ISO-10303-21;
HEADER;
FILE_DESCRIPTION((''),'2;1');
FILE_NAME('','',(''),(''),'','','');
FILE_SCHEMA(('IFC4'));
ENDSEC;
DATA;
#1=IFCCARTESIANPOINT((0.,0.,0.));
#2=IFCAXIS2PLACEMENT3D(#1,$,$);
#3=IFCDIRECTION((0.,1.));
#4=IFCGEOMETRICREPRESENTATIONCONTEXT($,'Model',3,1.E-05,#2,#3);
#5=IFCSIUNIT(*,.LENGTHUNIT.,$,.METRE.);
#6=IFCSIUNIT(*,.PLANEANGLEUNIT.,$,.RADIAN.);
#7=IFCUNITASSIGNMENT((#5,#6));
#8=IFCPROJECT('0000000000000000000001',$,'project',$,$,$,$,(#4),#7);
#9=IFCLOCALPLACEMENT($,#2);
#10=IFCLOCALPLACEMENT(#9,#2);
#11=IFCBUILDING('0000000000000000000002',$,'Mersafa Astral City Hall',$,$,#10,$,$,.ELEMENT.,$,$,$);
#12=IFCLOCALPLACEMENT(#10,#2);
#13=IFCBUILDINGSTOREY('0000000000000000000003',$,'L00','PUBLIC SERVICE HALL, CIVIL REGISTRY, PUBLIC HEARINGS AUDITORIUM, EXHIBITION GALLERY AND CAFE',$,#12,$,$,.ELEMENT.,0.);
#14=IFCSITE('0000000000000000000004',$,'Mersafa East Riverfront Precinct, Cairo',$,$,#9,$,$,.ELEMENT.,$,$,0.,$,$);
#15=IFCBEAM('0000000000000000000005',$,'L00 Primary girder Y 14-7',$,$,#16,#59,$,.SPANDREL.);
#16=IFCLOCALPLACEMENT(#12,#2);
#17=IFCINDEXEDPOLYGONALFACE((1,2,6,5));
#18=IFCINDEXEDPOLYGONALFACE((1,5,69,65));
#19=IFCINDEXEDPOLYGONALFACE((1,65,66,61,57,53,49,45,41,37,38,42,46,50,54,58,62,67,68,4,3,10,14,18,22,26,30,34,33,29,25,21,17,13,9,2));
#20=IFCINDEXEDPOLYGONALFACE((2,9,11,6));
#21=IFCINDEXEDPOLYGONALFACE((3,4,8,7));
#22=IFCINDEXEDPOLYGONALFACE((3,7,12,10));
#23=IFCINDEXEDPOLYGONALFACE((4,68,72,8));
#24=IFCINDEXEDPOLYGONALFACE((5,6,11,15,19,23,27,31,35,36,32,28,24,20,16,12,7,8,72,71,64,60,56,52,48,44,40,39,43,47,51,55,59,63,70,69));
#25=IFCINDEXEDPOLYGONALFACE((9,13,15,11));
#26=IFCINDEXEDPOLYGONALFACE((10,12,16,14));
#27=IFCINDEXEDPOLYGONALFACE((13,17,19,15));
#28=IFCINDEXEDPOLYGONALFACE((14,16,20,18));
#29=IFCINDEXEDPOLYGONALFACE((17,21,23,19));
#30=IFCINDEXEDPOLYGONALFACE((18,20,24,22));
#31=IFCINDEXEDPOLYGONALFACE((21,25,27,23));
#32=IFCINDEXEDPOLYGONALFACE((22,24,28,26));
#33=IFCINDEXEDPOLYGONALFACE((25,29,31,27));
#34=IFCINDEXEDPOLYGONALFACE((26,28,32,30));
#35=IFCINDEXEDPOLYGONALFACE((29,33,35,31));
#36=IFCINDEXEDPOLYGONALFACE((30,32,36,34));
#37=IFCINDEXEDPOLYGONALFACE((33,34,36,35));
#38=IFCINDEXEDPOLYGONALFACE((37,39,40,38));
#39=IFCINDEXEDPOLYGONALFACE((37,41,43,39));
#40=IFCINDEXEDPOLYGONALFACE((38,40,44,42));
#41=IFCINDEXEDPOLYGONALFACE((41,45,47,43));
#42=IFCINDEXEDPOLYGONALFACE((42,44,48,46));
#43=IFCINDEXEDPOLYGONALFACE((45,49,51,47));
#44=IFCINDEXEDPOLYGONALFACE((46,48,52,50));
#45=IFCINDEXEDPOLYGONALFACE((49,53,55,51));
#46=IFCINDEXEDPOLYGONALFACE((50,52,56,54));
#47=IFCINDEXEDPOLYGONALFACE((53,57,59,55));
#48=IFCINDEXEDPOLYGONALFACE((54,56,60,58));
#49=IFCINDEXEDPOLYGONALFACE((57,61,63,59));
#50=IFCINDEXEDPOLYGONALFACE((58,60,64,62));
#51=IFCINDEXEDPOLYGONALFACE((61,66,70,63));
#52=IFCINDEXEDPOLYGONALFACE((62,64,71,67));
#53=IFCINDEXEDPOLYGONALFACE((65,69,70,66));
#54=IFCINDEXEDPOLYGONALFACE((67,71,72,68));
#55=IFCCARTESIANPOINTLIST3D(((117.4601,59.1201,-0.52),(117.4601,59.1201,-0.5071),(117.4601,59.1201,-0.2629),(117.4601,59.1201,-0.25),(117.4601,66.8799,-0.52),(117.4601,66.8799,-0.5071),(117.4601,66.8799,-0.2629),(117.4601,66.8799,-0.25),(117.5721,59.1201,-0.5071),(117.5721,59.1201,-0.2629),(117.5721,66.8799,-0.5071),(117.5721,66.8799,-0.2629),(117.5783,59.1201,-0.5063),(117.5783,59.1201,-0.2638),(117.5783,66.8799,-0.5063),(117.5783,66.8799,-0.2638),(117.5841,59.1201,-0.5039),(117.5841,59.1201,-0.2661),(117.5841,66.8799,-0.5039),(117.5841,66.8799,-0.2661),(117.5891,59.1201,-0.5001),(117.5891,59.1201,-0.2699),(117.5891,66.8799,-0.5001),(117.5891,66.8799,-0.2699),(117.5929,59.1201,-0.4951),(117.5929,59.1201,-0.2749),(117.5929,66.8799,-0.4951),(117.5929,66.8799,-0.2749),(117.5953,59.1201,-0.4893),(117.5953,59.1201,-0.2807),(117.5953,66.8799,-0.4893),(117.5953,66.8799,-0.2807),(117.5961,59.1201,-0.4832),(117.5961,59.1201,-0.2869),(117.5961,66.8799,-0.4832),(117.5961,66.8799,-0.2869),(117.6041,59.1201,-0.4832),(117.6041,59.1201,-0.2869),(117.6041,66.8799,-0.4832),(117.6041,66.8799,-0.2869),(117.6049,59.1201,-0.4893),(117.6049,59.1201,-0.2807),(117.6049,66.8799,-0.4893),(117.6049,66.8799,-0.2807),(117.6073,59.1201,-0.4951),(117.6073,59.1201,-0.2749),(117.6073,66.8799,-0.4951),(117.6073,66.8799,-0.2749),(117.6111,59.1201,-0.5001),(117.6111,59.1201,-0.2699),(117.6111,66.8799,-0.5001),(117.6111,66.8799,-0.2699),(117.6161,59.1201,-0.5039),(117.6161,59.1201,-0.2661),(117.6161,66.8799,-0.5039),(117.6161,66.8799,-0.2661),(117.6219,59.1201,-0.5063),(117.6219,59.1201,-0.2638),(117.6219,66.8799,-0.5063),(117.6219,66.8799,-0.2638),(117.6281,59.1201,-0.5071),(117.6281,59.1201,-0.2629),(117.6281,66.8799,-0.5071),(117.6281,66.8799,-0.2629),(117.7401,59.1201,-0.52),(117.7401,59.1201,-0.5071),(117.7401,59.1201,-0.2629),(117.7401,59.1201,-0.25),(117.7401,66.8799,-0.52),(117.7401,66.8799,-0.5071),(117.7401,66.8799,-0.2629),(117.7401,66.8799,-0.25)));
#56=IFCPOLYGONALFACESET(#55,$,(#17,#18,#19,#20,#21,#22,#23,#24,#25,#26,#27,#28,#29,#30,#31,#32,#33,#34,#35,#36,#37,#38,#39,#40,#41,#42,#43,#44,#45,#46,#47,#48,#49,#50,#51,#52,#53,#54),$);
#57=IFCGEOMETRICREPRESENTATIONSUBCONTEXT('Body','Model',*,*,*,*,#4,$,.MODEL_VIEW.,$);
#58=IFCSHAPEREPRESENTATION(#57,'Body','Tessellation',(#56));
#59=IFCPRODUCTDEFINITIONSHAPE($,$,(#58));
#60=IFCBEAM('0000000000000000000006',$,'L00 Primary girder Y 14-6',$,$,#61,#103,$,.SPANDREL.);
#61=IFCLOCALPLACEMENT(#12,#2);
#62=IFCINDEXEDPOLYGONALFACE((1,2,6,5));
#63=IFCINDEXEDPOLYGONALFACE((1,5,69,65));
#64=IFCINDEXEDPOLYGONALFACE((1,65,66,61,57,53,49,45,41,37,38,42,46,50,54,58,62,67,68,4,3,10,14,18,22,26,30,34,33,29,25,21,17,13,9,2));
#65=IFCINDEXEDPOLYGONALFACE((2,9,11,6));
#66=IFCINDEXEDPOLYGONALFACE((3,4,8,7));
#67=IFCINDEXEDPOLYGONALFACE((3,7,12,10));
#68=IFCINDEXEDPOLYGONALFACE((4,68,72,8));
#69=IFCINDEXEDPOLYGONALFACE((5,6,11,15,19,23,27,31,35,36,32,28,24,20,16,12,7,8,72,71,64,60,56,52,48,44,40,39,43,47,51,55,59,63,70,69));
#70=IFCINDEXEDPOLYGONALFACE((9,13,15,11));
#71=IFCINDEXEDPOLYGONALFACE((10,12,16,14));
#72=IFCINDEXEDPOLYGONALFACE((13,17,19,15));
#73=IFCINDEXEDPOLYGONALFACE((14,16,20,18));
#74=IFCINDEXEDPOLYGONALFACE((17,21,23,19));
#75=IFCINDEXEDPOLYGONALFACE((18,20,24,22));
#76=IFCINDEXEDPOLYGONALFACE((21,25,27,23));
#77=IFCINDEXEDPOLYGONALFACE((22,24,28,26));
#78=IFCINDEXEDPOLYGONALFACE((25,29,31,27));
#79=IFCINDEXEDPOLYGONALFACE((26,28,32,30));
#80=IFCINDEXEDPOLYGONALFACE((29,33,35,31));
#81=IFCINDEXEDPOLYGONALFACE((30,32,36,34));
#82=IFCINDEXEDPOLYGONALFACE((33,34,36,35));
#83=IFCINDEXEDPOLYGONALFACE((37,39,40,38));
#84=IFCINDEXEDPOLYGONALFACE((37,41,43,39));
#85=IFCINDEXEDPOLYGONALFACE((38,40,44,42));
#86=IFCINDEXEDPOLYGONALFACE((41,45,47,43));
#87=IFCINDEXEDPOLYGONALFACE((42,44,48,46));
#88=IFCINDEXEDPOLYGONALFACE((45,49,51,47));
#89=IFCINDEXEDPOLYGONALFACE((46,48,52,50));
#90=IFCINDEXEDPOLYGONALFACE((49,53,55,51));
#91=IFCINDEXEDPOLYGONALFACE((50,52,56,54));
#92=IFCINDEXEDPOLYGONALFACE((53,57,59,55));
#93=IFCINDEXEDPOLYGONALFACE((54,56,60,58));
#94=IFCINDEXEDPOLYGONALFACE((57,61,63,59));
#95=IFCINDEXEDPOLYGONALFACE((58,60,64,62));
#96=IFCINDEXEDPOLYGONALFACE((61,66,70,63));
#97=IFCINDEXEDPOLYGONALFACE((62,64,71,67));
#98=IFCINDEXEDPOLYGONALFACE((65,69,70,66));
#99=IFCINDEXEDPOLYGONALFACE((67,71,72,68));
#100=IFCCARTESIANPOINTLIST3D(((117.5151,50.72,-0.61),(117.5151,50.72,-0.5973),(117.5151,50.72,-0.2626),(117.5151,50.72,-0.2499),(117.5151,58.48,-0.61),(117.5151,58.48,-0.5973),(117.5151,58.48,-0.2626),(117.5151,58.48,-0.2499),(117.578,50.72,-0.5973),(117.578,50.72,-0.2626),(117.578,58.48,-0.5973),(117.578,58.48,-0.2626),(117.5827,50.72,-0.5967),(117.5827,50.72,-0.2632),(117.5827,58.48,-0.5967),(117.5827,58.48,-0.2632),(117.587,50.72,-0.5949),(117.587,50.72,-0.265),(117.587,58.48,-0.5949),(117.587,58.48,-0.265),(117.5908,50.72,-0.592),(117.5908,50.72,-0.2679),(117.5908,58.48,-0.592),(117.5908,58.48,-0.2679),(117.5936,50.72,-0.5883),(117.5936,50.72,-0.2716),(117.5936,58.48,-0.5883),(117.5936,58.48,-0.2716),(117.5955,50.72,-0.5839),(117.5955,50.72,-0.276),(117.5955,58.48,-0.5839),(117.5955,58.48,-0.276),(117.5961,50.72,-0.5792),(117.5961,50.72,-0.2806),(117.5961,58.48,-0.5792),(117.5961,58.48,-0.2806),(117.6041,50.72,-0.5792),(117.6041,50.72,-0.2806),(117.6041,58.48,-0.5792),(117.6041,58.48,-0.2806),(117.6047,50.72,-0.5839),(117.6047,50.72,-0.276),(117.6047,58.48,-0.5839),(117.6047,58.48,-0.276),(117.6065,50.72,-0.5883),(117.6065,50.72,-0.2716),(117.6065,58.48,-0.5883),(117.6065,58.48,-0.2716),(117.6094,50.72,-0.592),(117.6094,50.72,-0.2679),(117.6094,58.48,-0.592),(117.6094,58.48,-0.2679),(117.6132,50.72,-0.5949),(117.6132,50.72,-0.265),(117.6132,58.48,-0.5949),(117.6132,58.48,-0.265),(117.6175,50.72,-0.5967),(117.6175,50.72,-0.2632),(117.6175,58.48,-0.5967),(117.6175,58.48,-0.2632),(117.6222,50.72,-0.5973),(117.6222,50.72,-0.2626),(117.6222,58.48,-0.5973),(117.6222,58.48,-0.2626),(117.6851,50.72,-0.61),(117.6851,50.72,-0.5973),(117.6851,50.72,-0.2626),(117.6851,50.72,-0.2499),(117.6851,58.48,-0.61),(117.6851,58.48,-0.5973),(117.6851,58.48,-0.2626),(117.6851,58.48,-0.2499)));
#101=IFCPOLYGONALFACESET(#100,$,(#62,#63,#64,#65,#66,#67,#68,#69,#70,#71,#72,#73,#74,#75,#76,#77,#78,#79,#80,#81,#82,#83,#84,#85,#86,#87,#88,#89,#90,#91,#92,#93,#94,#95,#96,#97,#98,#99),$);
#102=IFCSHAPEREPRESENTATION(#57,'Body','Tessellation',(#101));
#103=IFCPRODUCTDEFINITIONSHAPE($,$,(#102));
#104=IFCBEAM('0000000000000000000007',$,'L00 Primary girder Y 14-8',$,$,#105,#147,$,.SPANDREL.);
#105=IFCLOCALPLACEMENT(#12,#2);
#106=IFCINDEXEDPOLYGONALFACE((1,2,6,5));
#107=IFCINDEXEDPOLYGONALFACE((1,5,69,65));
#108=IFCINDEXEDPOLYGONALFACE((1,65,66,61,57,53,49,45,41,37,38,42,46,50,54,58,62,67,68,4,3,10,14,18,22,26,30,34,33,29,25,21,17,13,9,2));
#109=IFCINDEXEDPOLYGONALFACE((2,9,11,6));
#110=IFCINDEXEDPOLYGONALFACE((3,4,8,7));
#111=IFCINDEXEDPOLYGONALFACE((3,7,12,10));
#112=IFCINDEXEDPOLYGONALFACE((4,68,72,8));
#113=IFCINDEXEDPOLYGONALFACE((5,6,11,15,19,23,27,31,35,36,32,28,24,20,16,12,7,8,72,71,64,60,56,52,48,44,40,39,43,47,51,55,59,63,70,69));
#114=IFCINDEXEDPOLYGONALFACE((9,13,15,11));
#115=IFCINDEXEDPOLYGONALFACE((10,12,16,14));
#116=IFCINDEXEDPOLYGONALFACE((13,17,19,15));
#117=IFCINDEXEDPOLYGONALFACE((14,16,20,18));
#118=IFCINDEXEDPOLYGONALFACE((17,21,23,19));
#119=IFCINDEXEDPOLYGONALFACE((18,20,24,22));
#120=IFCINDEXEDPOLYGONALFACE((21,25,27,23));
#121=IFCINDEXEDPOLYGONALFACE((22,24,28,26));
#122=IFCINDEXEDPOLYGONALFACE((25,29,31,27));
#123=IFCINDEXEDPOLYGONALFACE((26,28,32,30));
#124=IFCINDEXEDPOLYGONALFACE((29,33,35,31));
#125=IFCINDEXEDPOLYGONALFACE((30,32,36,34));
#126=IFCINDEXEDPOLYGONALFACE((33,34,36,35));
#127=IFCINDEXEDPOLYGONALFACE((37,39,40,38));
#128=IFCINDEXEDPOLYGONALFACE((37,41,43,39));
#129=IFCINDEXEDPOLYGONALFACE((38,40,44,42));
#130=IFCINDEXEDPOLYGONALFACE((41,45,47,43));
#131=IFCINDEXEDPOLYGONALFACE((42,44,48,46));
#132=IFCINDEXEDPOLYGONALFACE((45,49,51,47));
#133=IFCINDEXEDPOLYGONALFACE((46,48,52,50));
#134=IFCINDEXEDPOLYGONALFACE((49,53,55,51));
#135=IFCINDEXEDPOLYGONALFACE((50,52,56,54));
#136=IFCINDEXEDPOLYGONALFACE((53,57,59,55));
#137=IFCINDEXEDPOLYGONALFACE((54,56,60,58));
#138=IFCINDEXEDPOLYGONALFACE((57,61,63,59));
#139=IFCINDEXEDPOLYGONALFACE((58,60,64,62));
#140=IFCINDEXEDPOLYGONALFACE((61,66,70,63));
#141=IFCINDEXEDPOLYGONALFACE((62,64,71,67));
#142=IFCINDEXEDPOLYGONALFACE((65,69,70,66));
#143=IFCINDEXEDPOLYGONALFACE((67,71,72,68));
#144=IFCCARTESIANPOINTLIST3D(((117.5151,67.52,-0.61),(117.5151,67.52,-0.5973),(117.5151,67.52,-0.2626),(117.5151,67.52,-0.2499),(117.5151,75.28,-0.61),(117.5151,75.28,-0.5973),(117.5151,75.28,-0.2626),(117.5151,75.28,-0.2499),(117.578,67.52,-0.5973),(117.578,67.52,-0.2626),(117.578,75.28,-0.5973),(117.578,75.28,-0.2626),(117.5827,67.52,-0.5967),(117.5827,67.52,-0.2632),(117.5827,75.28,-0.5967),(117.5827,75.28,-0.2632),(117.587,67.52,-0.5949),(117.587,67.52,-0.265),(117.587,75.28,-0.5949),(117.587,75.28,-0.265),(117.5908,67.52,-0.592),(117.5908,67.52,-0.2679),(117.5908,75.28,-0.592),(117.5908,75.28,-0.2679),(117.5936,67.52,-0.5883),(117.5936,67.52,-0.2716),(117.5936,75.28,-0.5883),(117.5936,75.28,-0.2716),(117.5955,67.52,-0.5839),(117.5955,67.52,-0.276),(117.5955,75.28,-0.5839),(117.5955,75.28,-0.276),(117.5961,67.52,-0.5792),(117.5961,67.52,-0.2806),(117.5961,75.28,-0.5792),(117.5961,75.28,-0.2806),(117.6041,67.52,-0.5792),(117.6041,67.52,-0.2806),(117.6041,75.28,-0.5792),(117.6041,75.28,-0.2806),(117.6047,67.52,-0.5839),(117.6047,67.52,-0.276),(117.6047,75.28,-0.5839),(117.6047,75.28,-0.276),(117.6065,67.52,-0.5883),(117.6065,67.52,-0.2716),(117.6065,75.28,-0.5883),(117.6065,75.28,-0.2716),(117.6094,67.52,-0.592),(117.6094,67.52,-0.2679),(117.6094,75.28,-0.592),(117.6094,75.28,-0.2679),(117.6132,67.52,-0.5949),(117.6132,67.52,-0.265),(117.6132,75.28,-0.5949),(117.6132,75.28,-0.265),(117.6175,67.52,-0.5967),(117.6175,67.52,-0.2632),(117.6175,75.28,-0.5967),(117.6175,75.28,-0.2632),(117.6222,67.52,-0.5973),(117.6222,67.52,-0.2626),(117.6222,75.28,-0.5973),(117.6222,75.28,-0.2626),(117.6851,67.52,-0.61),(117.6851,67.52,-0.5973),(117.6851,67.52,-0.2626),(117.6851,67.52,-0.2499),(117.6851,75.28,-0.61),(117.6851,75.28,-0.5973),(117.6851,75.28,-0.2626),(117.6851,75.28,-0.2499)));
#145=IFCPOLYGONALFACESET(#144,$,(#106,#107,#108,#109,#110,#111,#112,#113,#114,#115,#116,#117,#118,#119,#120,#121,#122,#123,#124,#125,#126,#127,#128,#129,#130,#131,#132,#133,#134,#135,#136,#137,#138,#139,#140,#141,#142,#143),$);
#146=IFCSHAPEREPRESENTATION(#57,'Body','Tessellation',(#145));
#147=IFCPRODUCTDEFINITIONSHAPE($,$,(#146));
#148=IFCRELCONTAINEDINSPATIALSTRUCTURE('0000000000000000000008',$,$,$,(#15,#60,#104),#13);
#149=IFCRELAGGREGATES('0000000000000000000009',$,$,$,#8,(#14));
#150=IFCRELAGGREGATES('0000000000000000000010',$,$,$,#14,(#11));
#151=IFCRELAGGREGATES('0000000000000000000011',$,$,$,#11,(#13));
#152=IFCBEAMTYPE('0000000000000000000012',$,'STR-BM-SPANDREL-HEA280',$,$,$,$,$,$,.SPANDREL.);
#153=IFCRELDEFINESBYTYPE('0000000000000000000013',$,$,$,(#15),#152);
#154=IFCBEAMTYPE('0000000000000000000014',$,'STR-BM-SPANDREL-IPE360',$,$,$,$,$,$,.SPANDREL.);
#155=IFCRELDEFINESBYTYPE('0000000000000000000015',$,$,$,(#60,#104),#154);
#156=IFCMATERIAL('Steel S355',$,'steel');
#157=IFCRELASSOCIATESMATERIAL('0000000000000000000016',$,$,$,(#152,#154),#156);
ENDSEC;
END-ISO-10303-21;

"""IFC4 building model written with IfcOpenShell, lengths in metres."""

from ifc_helpers import new_model, si_unit, direction, frame, origin, origin_2d, place, context, subcontext, project, spatial, i_section, extrude, material, material_profile, profile_set, type_object, element, save


model = new_model("IFC4")

# Units and contexts
model_context = context("Model", 3, precision=1e-05, world=origin(), true_north=direction((0.0, 1.0)))
body_context = subcontext(model_context, "Body", "Model", "MODEL_VIEW")
ifc_project = project(units=[si_unit("LENGTHUNIT", "METRE"), si_unit("PLANEANGLEUNIT", "RADIAN")], contexts=[model_context])

# Site, building, storey
site_placement = place(None, origin())
site = spatial("IfcSite", under=ifc_project, at=site_placement, Name="Mersafa East Riverfront Precinct, Cairo", CompositionType="ELEMENT", RefElevation=0.0)
building_placement = place(site_placement, origin())
building = spatial("IfcBuilding", under=site, at=building_placement, Name="Mersafa Astral City Hall", CompositionType="ELEMENT")
storey_placement = place(building_placement, origin())
storey = spatial("IfcBuildingStorey", under=building, at=storey_placement, Name="L00", Description="PUBLIC SERVICE HALL, CIVIL REGISTRY, PUBLIC HEARINGS AUDITORIUM, EXHIBITION GALLERY AND CAFE", CompositionType="ELEMENT", Elevation=0.0)

# Shared definitions
ifc_material_1 = material(Name="Steel S355", Category="steel")

# Beams
ifc_material_profile_1 = material_profile(ifc_material_1, i_section(OverallWidth=0.28, OverallDepth=0.27, WebThickness=0.0081, FlangeThickness=0.0129, FilletRadius=0.0239, at=origin_2d()), Name="HEA 280")
ifc_profile_set_1 = profile_set([ifc_material_profile_1], Name="Steel S355")
beam_type_1 = type_object("IfcBeamType", Name="STR-BM-SPANDREL-HEA280", PredefinedType="SPANDREL", material=ifc_profile_set_1)
beam_placement = place(storey_placement, frame((117.6001, 59.1201, -0.385), z_axis=(0.0, 1.0, 0.0), x_axis=(-1.0, 0.0, 0.0)))
element("IfcBeam", 1, at=beam_placement, inside=storey, type_object=beam_type_1, Name="L00 Primary girder Y 14-7", PredefinedType="SPANDREL", context=body_context, shape_type="SweptSolid", body=[
    extrude(i_section(OverallWidth=0.28, OverallDepth=0.27, WebThickness=0.0081, FlangeThickness=0.0129, FilletRadius=0.0239, at=origin_2d()), origin(), (0.0, 0.0, 1.0), 7.7598),
])
ifc_material_profile_2 = material_profile(ifc_material_1, i_section(OverallWidth=0.1699, OverallDepth=0.3601, WebThickness=0.0081, FlangeThickness=0.0127, FilletRadius=0.0181, at=origin_2d()), Name="IPE 360")
ifc_profile_set_2 = profile_set([ifc_material_profile_2], Name="Steel S355")
beam_type_2 = type_object("IfcBeamType", Name="STR-BM-SPANDREL-IPE360", PredefinedType="SPANDREL", material=ifc_profile_set_2)
for number, where, z_axis, x_axis, name in (
    (2, (117.6001, 50.72, -0.4299), (0.0, 1.0, 0.0), (-1.0, 0.0, 0.0), "L00 Primary girder Y 14-6"),
    (3, (117.6001, 67.52, -0.4299), (0.0, 1.0, 0.0), (-1.0, 0.0, 0.0), "L00 Primary girder Y 14-8"),
):
    element("IfcBeam", number, at=place(storey_placement, frame(where, z_axis=z_axis, x_axis=x_axis)), inside=storey, type_object=beam_type_2, Name=name, PredefinedType="SPANDREL", context=body_context, shape_type="SweptSolid", body=[
        extrude(i_section(OverallWidth=0.1699, OverallDepth=0.3601, WebThickness=0.0081, FlangeThickness=0.0127, FilletRadius=0.0181, at=origin_2d()), origin(), (0.0, 0.0, 1.0), 7.76),
    ])

save(model, "model.ifc")
